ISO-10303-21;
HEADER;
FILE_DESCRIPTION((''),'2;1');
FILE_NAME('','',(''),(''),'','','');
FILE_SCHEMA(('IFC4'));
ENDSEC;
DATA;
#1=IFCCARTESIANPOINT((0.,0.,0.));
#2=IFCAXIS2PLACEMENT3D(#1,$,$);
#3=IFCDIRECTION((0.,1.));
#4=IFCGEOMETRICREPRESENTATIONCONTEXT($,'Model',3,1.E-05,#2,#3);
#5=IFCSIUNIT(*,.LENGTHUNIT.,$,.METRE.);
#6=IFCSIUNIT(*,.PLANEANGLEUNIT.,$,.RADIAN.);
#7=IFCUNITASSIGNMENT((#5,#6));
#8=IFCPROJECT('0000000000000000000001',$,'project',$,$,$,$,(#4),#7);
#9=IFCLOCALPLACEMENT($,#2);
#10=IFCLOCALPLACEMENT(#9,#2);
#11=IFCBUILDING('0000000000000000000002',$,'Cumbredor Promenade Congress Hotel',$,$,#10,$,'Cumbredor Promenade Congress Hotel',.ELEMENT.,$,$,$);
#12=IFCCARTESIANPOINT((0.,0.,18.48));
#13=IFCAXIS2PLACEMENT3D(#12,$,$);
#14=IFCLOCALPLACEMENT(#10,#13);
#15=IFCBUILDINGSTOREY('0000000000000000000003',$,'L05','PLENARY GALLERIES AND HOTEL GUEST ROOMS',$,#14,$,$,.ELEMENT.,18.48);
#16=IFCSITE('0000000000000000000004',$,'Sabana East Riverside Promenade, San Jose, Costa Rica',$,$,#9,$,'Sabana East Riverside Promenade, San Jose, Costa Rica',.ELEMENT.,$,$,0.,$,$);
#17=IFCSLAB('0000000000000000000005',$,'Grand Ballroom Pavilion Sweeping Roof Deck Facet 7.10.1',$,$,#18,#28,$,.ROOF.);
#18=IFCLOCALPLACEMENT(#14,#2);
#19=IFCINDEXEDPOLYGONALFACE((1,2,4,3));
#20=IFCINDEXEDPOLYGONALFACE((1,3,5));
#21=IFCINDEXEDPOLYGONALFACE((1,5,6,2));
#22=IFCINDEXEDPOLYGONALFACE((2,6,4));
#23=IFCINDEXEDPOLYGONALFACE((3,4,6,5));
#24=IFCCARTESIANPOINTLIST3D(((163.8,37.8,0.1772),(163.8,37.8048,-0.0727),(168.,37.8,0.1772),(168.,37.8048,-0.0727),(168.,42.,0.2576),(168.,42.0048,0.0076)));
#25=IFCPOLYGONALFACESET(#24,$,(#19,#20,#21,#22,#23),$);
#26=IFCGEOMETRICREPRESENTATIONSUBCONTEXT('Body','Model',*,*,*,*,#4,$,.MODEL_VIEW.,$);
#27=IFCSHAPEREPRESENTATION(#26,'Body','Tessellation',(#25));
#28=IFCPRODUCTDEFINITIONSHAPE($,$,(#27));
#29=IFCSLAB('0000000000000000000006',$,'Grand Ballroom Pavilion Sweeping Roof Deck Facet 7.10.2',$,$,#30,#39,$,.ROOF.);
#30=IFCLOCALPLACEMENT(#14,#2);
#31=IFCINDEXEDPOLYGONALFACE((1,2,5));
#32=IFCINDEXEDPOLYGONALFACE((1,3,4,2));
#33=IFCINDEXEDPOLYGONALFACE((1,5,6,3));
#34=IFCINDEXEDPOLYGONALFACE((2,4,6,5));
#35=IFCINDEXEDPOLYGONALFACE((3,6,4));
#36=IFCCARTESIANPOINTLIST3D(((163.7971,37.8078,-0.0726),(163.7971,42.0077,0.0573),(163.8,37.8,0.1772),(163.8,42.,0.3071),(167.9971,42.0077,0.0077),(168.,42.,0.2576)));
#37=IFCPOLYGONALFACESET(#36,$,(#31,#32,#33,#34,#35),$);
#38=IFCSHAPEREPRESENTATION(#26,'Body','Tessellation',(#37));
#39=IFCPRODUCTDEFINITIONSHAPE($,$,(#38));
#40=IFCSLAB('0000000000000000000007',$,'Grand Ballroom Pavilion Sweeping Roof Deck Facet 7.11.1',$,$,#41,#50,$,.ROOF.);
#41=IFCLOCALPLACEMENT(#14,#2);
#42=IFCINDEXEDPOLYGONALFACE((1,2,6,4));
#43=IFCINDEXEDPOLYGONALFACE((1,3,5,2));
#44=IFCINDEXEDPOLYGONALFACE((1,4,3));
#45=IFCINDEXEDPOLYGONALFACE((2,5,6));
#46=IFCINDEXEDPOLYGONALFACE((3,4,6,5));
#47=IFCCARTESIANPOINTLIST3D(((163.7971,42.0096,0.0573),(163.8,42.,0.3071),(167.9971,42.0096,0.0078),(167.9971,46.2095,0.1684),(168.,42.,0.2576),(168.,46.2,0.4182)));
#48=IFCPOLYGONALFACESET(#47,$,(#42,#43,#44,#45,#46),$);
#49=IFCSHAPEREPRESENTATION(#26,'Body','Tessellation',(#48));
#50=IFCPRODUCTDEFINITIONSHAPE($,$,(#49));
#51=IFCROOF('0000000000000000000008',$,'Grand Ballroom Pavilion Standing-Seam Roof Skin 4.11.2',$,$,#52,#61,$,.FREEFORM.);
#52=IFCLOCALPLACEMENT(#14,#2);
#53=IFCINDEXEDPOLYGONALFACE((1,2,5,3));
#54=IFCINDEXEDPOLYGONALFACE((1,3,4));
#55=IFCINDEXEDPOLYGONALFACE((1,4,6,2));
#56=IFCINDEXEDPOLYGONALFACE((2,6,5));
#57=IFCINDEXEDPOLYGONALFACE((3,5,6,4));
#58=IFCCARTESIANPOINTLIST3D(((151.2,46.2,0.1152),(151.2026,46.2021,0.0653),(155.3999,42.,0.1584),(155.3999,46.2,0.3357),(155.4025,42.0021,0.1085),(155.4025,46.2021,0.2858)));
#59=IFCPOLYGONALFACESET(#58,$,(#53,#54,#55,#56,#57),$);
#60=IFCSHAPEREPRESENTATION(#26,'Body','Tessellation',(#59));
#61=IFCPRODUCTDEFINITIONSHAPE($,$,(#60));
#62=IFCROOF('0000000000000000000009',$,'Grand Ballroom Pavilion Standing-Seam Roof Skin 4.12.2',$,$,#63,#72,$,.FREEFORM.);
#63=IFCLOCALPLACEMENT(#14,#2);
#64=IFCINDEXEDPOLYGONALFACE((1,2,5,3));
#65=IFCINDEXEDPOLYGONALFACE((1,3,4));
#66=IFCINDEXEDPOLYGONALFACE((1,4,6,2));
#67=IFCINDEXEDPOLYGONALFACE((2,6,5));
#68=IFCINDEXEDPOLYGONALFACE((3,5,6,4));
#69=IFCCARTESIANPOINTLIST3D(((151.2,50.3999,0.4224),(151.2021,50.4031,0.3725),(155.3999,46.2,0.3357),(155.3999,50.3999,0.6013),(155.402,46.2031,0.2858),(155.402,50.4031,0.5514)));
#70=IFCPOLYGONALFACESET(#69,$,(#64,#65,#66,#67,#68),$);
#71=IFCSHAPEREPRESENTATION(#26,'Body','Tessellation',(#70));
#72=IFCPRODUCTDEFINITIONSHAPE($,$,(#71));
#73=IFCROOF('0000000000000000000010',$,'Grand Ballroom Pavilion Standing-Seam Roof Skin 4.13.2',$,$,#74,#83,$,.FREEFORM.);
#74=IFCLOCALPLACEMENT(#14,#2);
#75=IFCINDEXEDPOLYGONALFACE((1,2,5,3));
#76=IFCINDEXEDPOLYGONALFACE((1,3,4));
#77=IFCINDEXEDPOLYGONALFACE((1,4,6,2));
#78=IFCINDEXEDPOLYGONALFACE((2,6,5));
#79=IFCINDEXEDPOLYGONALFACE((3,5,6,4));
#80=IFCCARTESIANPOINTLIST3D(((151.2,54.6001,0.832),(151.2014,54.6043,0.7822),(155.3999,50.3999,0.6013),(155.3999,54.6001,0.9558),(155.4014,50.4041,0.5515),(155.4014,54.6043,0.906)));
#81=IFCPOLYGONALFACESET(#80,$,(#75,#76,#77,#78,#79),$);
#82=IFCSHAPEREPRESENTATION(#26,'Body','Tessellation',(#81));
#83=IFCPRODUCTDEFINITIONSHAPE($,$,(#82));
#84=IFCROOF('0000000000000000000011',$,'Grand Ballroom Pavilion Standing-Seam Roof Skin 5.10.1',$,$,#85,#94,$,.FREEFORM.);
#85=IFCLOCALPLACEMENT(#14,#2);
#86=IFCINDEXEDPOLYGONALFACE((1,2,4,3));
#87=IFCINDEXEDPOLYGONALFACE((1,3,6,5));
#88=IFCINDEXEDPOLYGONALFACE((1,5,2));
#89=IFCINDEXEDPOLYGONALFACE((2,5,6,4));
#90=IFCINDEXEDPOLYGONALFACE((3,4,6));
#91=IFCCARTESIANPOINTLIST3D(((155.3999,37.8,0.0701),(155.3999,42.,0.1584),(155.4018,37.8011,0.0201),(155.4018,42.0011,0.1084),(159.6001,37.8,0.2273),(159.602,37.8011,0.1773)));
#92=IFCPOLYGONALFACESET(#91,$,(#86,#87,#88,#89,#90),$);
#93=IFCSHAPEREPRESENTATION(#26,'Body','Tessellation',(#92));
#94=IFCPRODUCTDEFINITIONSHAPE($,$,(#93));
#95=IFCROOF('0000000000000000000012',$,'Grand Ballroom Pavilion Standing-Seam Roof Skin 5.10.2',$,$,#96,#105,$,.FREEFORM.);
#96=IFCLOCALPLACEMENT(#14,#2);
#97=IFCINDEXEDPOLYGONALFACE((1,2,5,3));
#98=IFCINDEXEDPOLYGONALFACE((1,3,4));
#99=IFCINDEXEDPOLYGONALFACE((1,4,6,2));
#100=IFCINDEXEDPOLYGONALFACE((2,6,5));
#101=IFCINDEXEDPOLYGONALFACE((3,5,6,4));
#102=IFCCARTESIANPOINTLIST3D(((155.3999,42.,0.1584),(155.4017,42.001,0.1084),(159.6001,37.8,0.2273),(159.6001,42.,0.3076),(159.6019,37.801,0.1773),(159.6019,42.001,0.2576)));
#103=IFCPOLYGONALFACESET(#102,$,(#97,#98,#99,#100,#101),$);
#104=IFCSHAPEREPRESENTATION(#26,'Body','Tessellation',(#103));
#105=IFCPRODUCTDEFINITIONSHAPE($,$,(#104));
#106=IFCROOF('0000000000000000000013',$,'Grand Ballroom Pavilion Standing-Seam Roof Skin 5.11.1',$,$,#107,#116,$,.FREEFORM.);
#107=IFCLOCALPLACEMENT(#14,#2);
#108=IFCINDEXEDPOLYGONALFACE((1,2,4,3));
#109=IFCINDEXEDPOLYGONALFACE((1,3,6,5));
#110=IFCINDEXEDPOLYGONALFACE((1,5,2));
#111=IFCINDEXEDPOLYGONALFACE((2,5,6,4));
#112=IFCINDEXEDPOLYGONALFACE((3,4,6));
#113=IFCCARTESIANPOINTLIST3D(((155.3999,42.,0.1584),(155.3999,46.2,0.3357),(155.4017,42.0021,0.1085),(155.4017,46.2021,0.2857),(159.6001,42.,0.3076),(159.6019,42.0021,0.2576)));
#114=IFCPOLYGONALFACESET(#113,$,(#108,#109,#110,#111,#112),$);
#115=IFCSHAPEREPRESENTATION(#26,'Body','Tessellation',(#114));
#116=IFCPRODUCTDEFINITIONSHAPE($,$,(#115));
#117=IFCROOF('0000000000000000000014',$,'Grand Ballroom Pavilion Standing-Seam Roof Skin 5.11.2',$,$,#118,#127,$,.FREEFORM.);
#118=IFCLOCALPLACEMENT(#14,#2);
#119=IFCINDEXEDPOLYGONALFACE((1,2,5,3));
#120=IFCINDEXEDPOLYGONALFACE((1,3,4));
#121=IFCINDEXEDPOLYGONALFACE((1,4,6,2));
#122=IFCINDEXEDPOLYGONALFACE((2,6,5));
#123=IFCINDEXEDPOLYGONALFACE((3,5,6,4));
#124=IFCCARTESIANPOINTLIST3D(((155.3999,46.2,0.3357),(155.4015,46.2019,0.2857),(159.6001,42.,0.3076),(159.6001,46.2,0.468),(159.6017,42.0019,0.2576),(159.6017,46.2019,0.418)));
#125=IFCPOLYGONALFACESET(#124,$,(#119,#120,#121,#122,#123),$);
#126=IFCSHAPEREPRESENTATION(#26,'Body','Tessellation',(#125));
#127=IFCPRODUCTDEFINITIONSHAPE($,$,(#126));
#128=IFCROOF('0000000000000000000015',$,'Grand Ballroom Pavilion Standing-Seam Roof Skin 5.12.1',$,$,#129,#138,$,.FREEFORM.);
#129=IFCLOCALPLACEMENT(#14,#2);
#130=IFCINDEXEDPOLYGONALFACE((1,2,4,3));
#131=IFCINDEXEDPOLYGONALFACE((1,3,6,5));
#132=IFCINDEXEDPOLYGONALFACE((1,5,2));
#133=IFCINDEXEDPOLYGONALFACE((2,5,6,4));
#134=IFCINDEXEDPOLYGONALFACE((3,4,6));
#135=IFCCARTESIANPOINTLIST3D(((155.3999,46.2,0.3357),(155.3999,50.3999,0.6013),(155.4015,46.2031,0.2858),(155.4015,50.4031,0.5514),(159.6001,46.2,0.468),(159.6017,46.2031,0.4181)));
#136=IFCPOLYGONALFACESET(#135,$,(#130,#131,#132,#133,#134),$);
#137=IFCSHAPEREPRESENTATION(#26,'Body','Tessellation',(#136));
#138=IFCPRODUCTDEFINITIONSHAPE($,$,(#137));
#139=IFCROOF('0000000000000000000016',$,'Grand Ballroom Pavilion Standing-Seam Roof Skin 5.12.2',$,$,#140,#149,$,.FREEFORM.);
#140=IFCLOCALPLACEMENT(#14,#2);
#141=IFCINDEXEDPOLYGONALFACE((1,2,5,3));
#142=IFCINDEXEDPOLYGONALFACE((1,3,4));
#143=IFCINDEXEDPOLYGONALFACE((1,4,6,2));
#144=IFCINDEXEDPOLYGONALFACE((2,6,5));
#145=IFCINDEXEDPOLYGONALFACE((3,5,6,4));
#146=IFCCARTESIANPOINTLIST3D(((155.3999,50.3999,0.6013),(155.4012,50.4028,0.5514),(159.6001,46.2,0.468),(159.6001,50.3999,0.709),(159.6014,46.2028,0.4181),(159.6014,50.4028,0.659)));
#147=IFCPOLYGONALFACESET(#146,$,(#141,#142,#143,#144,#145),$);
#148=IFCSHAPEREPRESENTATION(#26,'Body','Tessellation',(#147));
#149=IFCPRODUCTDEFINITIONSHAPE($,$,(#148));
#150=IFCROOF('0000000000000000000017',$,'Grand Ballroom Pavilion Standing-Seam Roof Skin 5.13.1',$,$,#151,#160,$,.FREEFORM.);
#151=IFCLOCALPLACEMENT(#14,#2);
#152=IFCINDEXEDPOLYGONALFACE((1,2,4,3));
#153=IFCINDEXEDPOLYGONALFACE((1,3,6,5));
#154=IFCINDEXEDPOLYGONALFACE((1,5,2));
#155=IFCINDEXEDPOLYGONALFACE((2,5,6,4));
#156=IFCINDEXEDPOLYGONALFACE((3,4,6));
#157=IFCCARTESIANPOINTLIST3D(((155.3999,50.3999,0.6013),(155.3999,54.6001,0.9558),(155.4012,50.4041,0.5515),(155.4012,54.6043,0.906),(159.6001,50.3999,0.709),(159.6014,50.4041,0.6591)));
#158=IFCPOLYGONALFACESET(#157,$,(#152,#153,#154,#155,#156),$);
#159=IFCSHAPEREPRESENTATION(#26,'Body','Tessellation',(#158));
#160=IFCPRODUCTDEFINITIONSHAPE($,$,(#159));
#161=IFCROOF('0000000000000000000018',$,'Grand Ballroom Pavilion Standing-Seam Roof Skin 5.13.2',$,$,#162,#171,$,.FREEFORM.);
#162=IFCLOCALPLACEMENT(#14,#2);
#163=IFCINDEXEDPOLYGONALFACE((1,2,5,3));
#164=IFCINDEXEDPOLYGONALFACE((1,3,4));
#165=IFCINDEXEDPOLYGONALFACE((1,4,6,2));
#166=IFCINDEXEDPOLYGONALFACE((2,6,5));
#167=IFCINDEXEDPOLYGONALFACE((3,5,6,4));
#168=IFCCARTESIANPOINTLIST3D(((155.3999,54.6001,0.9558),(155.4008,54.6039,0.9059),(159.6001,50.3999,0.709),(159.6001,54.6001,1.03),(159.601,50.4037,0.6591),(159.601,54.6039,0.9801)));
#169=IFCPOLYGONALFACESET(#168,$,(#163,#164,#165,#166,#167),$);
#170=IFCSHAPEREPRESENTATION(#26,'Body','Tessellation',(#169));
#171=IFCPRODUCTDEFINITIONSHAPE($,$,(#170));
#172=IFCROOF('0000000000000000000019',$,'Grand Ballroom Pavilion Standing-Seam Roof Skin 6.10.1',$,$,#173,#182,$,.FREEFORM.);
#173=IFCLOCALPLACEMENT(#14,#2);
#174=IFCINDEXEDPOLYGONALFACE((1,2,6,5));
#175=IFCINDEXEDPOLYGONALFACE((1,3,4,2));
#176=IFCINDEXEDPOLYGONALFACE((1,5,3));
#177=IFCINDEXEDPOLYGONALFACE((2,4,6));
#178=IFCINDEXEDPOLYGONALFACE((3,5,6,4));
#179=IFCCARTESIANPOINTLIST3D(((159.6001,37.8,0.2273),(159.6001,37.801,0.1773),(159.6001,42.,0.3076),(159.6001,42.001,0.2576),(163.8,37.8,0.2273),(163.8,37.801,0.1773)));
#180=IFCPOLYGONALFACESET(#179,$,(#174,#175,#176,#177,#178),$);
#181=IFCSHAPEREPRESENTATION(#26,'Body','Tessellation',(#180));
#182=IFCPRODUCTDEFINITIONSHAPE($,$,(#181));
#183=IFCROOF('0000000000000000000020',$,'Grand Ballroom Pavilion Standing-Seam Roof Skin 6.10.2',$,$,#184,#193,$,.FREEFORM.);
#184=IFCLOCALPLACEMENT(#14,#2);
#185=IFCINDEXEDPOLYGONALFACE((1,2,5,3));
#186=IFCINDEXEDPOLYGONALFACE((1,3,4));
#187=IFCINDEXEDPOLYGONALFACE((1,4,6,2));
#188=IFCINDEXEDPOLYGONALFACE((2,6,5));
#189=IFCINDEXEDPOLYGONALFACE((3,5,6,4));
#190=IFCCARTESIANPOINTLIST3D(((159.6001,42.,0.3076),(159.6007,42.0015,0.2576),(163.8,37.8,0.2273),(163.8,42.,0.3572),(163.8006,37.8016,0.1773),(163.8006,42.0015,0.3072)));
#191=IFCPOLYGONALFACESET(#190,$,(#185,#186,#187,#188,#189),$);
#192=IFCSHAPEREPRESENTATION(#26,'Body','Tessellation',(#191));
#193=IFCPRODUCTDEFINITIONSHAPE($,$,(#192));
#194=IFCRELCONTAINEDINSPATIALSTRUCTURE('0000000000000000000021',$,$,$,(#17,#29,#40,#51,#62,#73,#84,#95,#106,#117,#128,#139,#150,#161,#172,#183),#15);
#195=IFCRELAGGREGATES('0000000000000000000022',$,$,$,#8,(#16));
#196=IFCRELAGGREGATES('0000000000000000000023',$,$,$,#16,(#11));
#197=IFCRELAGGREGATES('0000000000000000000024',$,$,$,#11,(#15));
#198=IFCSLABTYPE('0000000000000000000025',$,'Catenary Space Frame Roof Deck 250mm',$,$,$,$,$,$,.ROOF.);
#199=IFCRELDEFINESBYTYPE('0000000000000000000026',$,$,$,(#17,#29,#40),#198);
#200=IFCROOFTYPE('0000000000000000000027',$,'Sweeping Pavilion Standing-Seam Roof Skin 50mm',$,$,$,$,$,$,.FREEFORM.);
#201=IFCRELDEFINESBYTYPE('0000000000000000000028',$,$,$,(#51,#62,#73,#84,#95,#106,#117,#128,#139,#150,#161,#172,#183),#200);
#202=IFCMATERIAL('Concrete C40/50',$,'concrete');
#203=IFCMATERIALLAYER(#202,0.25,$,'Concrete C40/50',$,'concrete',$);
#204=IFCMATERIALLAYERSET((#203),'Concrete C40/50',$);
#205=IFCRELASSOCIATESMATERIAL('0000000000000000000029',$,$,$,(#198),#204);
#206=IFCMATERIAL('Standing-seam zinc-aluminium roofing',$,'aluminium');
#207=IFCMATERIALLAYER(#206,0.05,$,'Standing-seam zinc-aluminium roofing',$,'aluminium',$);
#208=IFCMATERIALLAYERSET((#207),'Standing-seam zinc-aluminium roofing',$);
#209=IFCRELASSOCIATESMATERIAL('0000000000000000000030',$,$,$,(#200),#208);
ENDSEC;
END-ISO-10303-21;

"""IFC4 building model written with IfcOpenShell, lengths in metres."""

from ifc_helpers import new_model, si_unit, direction, frame, origin, place, context, subcontext, project, spatial, polyline, outline, extrude, material, layer, layer_set, type_object, element, save


model = new_model("IFC4")

# Units and contexts
model_context = context("Model", 3, precision=1e-05, world=origin(), true_north=direction((0.0, 1.0)))
body_context = subcontext(model_context, "Body", "Model", "MODEL_VIEW")
ifc_project = project(units=[si_unit("LENGTHUNIT", "METRE"), si_unit("PLANEANGLEUNIT", "RADIAN")], contexts=[model_context])

# Site, building, storey
site_placement = place(None, origin())
site = spatial("IfcSite", under=ifc_project, at=site_placement, Name="Sabana East Riverside Promenade, San Jose, Costa Rica", LongName="Sabana East Riverside Promenade, San Jose, Costa Rica", CompositionType="ELEMENT", RefElevation=0.0)
building_placement = place(site_placement, origin())
building = spatial("IfcBuilding", under=site, at=building_placement, Name="Cumbredor Promenade Congress Hotel", LongName="Cumbredor Promenade Congress Hotel", CompositionType="ELEMENT")
storey_placement = place(building_placement, frame((0.0, 0.0, 18.48)))
storey = spatial("IfcBuildingStorey", under=building, at=storey_placement, Name="L05", Description="PLENARY GALLERIES AND HOTEL GUEST ROOMS", CompositionType="ELEMENT", Elevation=18.48)

# Slabs
ifc_material_1 = material(Name="Concrete C40/50", Category="concrete")
ifc_layer_1 = layer(ifc_material_1, 0.25, Name="Concrete C40/50", Category="concrete")
ifc_layer_set_1 = layer_set([ifc_layer_1], Name="Concrete C40/50")
slab_type = type_object("IfcSlabType", Name="Catenary Space Frame Roof Deck 250mm", PredefinedType="ROOF", material=ifc_layer_set_1)
slab_1_placement = place(storey_placement, frame((163.8, 37.8, 0.1772), z_axis=(0.0, -0.019121, 0.999817), x_axis=(1.0, 0.0, 0.0)))
element("IfcSlab", 1, at=slab_1_placement, inside=storey, type_object=slab_type, Name="Grand Ballroom Pavilion Sweeping Roof Deck Facet 7.10.1", PredefinedType="ROOF", context=body_context, shape_type="SweptSolid", body=[
    extrude(outline(polyline([(0.0, 0.0), (4.2, 0.0), (4.2, 4.2007), (0.0, 0.0)])), origin(), (0.0, 0.0, -1.0), 0.25),
])
slab_2_placement = place(storey_placement, frame((163.8, 37.8, 0.1772), z_axis=(0.011794, -0.030908, 0.999453), x_axis=(0.707042, 0.707042, 0.013522)))
element("IfcSlab", 2, at=slab_2_placement, inside=storey, type_object=slab_type, Name="Grand Ballroom Pavilion Sweeping Roof Deck Facet 7.10.2", PredefinedType="ROOF", context=body_context, shape_type="SweptSolid", body=[
    extrude(outline(polyline([(0.0, 0.0), (5.9402, 0.0), (2.9713, 2.9712), (0.0, 0.0)])), origin(), (0.0, 0.0, -1.0), 0.25),
])
slab_3_placement = place(storey_placement, frame((163.8, 42.0, 0.3071), z_axis=(0.011791, -0.038219, 0.9992), x_axis=(0.99993, 0.0, -0.011799)))
element("IfcSlab", 3, at=slab_3_placement, inside=storey, type_object=slab_type, Name="Grand Ballroom Pavilion Sweeping Roof Deck Facet 7.11.1", PredefinedType="ROOF", context=body_context, shape_type="SweptSolid", body=[
    extrude(outline(polyline([(0.0, 0.0), (4.2002, 0.0), (4.1983, 4.203), (0.0, 0.0)])), origin(), (0.0, 0.0, -1.0), 0.25),
])

# Roofs
ifc_material_2 = material(Name="Standing-seam zinc-aluminium roofing", Category="aluminium")
ifc_layer_2 = layer(ifc_material_2, 0.05, Name="Standing-seam zinc-aluminium roofing", Category="aluminium")
ifc_layer_set_2 = layer_set([ifc_layer_2], Name="Standing-seam zinc-aluminium roofing")
roof_type = type_object("IfcRoofType", Name="Sweeping Pavilion Standing-Seam Roof Skin 50mm", PredefinedType="FREEFORM", material=ifc_layer_set_2)
roof_1_placement = place(storey_placement, frame((155.3999, 42.0, 0.1584), z_axis=(-0.052372, -0.042107, 0.99774), x_axis=(0.0, 0.999111, 0.042164)))
element("IfcRoof", 4, at=roof_1_placement, inside=storey, type_object=roof_type, Name="Grand Ballroom Pavilion Standing-Seam Roof Skin 4.11.2", PredefinedType="FREEFORM", context=body_context, shape_type="SweptSolid", body=[
    extrude(outline(polyline([(0.0, 0.0), (4.2037, 0.0), (4.1944, 4.2057), (0.0, 0.0)])), origin(), (0.0, 0.0, -1.0), 0.05),
])
roof_2_placement = place(storey_placement, frame((155.3999, 46.2, 0.3357), z_axis=(-0.042485, -0.063062, 0.997105), x_axis=(0.0, 0.998006, 0.063119)))
element("IfcRoof", 5, at=roof_2_placement, inside=storey, type_object=roof_type, Name="Grand Ballroom Pavilion Standing-Seam Roof Skin 4.12.2", PredefinedType="FREEFORM", context=body_context, shape_type="SweptSolid", body=[
    extrude(outline(polyline([(0.0, 0.0), (4.2083, 0.0), (4.197, 4.2037), (0.0, 0.0)])), origin(), (0.0, 0.0, -1.0), 0.05),
])
roof_3_placement = place(storey_placement, frame((155.3999, 50.3999, 0.6013), z_axis=(-0.029355, -0.084064, 0.996028), x_axis=(0.0, 0.996457, 0.0841)))
element("IfcRoof", 6, at=roof_3_placement, inside=storey, type_object=roof_type, Name="Grand Ballroom Pavilion Standing-Seam Roof Skin 4.13.2", PredefinedType="FREEFORM", context=body_context, shape_type="SweptSolid", body=[
    extrude(outline(polyline([(0.0, 0.0), (4.2151, 0.0), (4.2047, 4.2018), (0.0, 0.0)])), origin(), (0.0, 0.0, -1.0), 0.05),
])
roof_4_placement = place(storey_placement, frame((155.3999, 37.8, 0.0701), z_axis=(-0.037399, -0.021023, 0.999079), x_axis=(0.9993, 0.0, 0.037407)))
element("IfcRoof", 7, at=roof_4_placement, inside=storey, type_object=roof_type, Name="Grand Ballroom Pavilion Standing-Seam Roof Skin 5.10.1", PredefinedType="FREEFORM", context=body_context, shape_type="SweptSolid", body=[
    extrude(outline(polyline([(0.0, 0.0), (4.2031, 0.0), (0.0033, 4.2009), (0.0, 0.0)])), origin(), (0.0, 0.0, -1.0), 0.05),
])
roof_5_placement = place(storey_placement, frame((159.6001, 37.8, 0.2273), z_axis=(-0.035486, -0.019109, 0.999187), x_axis=(0.0, 0.999817, 0.019121)))
element("IfcRoof", 8, at=roof_5_placement, inside=storey, type_object=roof_type, Name="Grand Ballroom Pavilion Standing-Seam Roof Skin 5.10.2", PredefinedType="FREEFORM", context=body_context, shape_type="SweptSolid", body=[
    extrude(outline(polyline([(0.0, 0.0), (4.2007, 0.0), (4.1979, 4.2028), (0.0, 0.0)])), origin(), (0.0, 0.0, -1.0), 0.05),
])
roof_6_placement = place(storey_placement, frame((155.3999, 42.0, 0.1584), z_axis=(-0.035461, -0.042138, 0.998482), x_axis=(0.99937, 0.0, 0.035493)))
element("IfcRoof", 9, at=roof_6_placement, inside=storey, type_object=roof_type, Name="Grand Ballroom Pavilion Standing-Seam Roof Skin 5.11.1", PredefinedType="FREEFORM", context=body_context, shape_type="SweptSolid", body=[
    extrude(outline(polyline([(0.0, 0.0), (4.2028, 0.0), (0.0063, 4.2037), (0.0, 0.0)])), origin(), (0.0, 0.0, -1.0), 0.05),
])
roof_7_placement = place(storey_placement, frame((159.6001, 42.0, 0.3076), z_axis=(-0.031466, -0.038144, 0.998777), x_axis=(0.0, 0.999272, 0.038163)))
element("IfcRoof", 10, at=roof_7_placement, inside=storey, type_object=roof_type, Name="Grand Ballroom Pavilion Standing-Seam Roof Skin 5.11.2", PredefinedType="FREEFORM", context=body_context, shape_type="SweptSolid", body=[
    extrude(outline(polyline([(0.0, 0.0), (4.203, 0.0), (4.198, 4.2023), (0.0, 0.0)])), origin(), (0.0, 0.0, -1.0), 0.05),
])
roof_8_placement = place(storey_placement, frame((155.3999, 46.2, 0.3357), z_axis=(-0.031426, -0.063087, 0.997513), x_axis=(0.999504, 0.0, 0.031489)))
element("IfcRoof", 11, at=roof_8_placement, inside=storey, type_object=roof_type, Name="Grand Ballroom Pavilion Standing-Seam Roof Skin 5.12.1", PredefinedType="FREEFORM", context=body_context, shape_type="SweptSolid", body=[
    extrude(outline(polyline([(0.0, 0.0), (4.2023, 0.0), (0.0084, 4.2083), (0.0, 0.0)])), origin(), (0.0, 0.0, -1.0), 0.05),
])
roof_9_placement = place(storey_placement, frame((159.6001, 46.2, 0.468), z_axis=(-0.025583, -0.057261, 0.998031), x_axis=(0.0, 0.998358, 0.05728)))
element("IfcRoof", 12, at=roof_9_placement, inside=storey, type_object=roof_type, Name="Grand Ballroom Pavilion Standing-Seam Roof Skin 5.12.2", PredefinedType="FREEFORM", context=body_context, shape_type="SweptSolid", body=[
    extrude(outline(polyline([(0.0, 0.0), (4.2069, 0.0), (4.2007, 4.2016), (0.0, 0.0)])), origin(), (0.0, 0.0, -1.0), 0.05),
])
roof_10_placement = place(storey_placement, frame((155.3999, 50.3999, 0.6013), z_axis=(-0.025534, -0.084073, 0.996132), x_axis=(0.999672, 0.0, 0.025625)))
element("IfcRoof", 13, at=roof_10_placement, inside=storey, type_object=roof_type, Name="Grand Ballroom Pavilion Standing-Seam Roof Skin 5.13.1", PredefinedType="FREEFORM", context=body_context, shape_type="SweptSolid", body=[
    extrude(outline(polyline([(0.0, 0.0), (4.2016, 0.0), (0.0091, 4.2151), (0.0, 0.0)])), origin(), (0.0, 0.0, -1.0), 0.05),
])
roof_11_placement = place(storey_placement, frame((159.6001, 50.3999, 0.709), z_axis=(-0.017616, -0.076202, 0.996937), x_axis=(0.0, 0.997092, 0.076213)))
element("IfcRoof", 14, at=roof_11_placement, inside=storey, type_object=roof_type, Name="Grand Ballroom Pavilion Standing-Seam Roof Skin 5.13.2", PredefinedType="FREEFORM", context=body_context, shape_type="SweptSolid", body=[
    extrude(outline(polyline([(0.0, 0.0), (4.2124, 0.0), (4.2068, 4.2008), (0.0, 0.0)])), origin(), (0.0, 0.0, -1.0), 0.05),
])
roof_12_placement = place(storey_placement, frame((159.6001, 37.8, 0.2273), z_axis=(0.0, -0.019121, 0.999817), x_axis=(1.0, 0.0, 0.0)))
element("IfcRoof", 15, at=roof_12_placement, inside=storey, type_object=roof_type, Name="Grand Ballroom Pavilion Standing-Seam Roof Skin 6.10.1", PredefinedType="FREEFORM", context=body_context, shape_type="SweptSolid", body=[
    extrude(outline(polyline([(0.0, 0.0), (4.2, 0.0), (0.0, 4.2007), (0.0, 0.0)])), origin(), (0.0, 0.0, -1.0), 0.05),
])
roof_13_placement = place(storey_placement, frame((163.8, 37.8, 0.2273), z_axis=(-0.011794, -0.030908, 0.999453), x_axis=(0.0, 0.999522, 0.03091)))
element("IfcRoof", 16, at=roof_13_placement, inside=storey, type_object=roof_type, Name="Grand Ballroom Pavilion Standing-Seam Roof Skin 6.10.2", PredefinedType="FREEFORM", context=body_context, shape_type="SweptSolid", body=[
    extrude(outline(polyline([(0.0, 0.0), (4.202, 0.0), (4.2004, 4.2002), (0.0, 0.0)])), origin(), (0.0, 0.0, -1.0), 0.05),
])

save(model, "model.ifc")
